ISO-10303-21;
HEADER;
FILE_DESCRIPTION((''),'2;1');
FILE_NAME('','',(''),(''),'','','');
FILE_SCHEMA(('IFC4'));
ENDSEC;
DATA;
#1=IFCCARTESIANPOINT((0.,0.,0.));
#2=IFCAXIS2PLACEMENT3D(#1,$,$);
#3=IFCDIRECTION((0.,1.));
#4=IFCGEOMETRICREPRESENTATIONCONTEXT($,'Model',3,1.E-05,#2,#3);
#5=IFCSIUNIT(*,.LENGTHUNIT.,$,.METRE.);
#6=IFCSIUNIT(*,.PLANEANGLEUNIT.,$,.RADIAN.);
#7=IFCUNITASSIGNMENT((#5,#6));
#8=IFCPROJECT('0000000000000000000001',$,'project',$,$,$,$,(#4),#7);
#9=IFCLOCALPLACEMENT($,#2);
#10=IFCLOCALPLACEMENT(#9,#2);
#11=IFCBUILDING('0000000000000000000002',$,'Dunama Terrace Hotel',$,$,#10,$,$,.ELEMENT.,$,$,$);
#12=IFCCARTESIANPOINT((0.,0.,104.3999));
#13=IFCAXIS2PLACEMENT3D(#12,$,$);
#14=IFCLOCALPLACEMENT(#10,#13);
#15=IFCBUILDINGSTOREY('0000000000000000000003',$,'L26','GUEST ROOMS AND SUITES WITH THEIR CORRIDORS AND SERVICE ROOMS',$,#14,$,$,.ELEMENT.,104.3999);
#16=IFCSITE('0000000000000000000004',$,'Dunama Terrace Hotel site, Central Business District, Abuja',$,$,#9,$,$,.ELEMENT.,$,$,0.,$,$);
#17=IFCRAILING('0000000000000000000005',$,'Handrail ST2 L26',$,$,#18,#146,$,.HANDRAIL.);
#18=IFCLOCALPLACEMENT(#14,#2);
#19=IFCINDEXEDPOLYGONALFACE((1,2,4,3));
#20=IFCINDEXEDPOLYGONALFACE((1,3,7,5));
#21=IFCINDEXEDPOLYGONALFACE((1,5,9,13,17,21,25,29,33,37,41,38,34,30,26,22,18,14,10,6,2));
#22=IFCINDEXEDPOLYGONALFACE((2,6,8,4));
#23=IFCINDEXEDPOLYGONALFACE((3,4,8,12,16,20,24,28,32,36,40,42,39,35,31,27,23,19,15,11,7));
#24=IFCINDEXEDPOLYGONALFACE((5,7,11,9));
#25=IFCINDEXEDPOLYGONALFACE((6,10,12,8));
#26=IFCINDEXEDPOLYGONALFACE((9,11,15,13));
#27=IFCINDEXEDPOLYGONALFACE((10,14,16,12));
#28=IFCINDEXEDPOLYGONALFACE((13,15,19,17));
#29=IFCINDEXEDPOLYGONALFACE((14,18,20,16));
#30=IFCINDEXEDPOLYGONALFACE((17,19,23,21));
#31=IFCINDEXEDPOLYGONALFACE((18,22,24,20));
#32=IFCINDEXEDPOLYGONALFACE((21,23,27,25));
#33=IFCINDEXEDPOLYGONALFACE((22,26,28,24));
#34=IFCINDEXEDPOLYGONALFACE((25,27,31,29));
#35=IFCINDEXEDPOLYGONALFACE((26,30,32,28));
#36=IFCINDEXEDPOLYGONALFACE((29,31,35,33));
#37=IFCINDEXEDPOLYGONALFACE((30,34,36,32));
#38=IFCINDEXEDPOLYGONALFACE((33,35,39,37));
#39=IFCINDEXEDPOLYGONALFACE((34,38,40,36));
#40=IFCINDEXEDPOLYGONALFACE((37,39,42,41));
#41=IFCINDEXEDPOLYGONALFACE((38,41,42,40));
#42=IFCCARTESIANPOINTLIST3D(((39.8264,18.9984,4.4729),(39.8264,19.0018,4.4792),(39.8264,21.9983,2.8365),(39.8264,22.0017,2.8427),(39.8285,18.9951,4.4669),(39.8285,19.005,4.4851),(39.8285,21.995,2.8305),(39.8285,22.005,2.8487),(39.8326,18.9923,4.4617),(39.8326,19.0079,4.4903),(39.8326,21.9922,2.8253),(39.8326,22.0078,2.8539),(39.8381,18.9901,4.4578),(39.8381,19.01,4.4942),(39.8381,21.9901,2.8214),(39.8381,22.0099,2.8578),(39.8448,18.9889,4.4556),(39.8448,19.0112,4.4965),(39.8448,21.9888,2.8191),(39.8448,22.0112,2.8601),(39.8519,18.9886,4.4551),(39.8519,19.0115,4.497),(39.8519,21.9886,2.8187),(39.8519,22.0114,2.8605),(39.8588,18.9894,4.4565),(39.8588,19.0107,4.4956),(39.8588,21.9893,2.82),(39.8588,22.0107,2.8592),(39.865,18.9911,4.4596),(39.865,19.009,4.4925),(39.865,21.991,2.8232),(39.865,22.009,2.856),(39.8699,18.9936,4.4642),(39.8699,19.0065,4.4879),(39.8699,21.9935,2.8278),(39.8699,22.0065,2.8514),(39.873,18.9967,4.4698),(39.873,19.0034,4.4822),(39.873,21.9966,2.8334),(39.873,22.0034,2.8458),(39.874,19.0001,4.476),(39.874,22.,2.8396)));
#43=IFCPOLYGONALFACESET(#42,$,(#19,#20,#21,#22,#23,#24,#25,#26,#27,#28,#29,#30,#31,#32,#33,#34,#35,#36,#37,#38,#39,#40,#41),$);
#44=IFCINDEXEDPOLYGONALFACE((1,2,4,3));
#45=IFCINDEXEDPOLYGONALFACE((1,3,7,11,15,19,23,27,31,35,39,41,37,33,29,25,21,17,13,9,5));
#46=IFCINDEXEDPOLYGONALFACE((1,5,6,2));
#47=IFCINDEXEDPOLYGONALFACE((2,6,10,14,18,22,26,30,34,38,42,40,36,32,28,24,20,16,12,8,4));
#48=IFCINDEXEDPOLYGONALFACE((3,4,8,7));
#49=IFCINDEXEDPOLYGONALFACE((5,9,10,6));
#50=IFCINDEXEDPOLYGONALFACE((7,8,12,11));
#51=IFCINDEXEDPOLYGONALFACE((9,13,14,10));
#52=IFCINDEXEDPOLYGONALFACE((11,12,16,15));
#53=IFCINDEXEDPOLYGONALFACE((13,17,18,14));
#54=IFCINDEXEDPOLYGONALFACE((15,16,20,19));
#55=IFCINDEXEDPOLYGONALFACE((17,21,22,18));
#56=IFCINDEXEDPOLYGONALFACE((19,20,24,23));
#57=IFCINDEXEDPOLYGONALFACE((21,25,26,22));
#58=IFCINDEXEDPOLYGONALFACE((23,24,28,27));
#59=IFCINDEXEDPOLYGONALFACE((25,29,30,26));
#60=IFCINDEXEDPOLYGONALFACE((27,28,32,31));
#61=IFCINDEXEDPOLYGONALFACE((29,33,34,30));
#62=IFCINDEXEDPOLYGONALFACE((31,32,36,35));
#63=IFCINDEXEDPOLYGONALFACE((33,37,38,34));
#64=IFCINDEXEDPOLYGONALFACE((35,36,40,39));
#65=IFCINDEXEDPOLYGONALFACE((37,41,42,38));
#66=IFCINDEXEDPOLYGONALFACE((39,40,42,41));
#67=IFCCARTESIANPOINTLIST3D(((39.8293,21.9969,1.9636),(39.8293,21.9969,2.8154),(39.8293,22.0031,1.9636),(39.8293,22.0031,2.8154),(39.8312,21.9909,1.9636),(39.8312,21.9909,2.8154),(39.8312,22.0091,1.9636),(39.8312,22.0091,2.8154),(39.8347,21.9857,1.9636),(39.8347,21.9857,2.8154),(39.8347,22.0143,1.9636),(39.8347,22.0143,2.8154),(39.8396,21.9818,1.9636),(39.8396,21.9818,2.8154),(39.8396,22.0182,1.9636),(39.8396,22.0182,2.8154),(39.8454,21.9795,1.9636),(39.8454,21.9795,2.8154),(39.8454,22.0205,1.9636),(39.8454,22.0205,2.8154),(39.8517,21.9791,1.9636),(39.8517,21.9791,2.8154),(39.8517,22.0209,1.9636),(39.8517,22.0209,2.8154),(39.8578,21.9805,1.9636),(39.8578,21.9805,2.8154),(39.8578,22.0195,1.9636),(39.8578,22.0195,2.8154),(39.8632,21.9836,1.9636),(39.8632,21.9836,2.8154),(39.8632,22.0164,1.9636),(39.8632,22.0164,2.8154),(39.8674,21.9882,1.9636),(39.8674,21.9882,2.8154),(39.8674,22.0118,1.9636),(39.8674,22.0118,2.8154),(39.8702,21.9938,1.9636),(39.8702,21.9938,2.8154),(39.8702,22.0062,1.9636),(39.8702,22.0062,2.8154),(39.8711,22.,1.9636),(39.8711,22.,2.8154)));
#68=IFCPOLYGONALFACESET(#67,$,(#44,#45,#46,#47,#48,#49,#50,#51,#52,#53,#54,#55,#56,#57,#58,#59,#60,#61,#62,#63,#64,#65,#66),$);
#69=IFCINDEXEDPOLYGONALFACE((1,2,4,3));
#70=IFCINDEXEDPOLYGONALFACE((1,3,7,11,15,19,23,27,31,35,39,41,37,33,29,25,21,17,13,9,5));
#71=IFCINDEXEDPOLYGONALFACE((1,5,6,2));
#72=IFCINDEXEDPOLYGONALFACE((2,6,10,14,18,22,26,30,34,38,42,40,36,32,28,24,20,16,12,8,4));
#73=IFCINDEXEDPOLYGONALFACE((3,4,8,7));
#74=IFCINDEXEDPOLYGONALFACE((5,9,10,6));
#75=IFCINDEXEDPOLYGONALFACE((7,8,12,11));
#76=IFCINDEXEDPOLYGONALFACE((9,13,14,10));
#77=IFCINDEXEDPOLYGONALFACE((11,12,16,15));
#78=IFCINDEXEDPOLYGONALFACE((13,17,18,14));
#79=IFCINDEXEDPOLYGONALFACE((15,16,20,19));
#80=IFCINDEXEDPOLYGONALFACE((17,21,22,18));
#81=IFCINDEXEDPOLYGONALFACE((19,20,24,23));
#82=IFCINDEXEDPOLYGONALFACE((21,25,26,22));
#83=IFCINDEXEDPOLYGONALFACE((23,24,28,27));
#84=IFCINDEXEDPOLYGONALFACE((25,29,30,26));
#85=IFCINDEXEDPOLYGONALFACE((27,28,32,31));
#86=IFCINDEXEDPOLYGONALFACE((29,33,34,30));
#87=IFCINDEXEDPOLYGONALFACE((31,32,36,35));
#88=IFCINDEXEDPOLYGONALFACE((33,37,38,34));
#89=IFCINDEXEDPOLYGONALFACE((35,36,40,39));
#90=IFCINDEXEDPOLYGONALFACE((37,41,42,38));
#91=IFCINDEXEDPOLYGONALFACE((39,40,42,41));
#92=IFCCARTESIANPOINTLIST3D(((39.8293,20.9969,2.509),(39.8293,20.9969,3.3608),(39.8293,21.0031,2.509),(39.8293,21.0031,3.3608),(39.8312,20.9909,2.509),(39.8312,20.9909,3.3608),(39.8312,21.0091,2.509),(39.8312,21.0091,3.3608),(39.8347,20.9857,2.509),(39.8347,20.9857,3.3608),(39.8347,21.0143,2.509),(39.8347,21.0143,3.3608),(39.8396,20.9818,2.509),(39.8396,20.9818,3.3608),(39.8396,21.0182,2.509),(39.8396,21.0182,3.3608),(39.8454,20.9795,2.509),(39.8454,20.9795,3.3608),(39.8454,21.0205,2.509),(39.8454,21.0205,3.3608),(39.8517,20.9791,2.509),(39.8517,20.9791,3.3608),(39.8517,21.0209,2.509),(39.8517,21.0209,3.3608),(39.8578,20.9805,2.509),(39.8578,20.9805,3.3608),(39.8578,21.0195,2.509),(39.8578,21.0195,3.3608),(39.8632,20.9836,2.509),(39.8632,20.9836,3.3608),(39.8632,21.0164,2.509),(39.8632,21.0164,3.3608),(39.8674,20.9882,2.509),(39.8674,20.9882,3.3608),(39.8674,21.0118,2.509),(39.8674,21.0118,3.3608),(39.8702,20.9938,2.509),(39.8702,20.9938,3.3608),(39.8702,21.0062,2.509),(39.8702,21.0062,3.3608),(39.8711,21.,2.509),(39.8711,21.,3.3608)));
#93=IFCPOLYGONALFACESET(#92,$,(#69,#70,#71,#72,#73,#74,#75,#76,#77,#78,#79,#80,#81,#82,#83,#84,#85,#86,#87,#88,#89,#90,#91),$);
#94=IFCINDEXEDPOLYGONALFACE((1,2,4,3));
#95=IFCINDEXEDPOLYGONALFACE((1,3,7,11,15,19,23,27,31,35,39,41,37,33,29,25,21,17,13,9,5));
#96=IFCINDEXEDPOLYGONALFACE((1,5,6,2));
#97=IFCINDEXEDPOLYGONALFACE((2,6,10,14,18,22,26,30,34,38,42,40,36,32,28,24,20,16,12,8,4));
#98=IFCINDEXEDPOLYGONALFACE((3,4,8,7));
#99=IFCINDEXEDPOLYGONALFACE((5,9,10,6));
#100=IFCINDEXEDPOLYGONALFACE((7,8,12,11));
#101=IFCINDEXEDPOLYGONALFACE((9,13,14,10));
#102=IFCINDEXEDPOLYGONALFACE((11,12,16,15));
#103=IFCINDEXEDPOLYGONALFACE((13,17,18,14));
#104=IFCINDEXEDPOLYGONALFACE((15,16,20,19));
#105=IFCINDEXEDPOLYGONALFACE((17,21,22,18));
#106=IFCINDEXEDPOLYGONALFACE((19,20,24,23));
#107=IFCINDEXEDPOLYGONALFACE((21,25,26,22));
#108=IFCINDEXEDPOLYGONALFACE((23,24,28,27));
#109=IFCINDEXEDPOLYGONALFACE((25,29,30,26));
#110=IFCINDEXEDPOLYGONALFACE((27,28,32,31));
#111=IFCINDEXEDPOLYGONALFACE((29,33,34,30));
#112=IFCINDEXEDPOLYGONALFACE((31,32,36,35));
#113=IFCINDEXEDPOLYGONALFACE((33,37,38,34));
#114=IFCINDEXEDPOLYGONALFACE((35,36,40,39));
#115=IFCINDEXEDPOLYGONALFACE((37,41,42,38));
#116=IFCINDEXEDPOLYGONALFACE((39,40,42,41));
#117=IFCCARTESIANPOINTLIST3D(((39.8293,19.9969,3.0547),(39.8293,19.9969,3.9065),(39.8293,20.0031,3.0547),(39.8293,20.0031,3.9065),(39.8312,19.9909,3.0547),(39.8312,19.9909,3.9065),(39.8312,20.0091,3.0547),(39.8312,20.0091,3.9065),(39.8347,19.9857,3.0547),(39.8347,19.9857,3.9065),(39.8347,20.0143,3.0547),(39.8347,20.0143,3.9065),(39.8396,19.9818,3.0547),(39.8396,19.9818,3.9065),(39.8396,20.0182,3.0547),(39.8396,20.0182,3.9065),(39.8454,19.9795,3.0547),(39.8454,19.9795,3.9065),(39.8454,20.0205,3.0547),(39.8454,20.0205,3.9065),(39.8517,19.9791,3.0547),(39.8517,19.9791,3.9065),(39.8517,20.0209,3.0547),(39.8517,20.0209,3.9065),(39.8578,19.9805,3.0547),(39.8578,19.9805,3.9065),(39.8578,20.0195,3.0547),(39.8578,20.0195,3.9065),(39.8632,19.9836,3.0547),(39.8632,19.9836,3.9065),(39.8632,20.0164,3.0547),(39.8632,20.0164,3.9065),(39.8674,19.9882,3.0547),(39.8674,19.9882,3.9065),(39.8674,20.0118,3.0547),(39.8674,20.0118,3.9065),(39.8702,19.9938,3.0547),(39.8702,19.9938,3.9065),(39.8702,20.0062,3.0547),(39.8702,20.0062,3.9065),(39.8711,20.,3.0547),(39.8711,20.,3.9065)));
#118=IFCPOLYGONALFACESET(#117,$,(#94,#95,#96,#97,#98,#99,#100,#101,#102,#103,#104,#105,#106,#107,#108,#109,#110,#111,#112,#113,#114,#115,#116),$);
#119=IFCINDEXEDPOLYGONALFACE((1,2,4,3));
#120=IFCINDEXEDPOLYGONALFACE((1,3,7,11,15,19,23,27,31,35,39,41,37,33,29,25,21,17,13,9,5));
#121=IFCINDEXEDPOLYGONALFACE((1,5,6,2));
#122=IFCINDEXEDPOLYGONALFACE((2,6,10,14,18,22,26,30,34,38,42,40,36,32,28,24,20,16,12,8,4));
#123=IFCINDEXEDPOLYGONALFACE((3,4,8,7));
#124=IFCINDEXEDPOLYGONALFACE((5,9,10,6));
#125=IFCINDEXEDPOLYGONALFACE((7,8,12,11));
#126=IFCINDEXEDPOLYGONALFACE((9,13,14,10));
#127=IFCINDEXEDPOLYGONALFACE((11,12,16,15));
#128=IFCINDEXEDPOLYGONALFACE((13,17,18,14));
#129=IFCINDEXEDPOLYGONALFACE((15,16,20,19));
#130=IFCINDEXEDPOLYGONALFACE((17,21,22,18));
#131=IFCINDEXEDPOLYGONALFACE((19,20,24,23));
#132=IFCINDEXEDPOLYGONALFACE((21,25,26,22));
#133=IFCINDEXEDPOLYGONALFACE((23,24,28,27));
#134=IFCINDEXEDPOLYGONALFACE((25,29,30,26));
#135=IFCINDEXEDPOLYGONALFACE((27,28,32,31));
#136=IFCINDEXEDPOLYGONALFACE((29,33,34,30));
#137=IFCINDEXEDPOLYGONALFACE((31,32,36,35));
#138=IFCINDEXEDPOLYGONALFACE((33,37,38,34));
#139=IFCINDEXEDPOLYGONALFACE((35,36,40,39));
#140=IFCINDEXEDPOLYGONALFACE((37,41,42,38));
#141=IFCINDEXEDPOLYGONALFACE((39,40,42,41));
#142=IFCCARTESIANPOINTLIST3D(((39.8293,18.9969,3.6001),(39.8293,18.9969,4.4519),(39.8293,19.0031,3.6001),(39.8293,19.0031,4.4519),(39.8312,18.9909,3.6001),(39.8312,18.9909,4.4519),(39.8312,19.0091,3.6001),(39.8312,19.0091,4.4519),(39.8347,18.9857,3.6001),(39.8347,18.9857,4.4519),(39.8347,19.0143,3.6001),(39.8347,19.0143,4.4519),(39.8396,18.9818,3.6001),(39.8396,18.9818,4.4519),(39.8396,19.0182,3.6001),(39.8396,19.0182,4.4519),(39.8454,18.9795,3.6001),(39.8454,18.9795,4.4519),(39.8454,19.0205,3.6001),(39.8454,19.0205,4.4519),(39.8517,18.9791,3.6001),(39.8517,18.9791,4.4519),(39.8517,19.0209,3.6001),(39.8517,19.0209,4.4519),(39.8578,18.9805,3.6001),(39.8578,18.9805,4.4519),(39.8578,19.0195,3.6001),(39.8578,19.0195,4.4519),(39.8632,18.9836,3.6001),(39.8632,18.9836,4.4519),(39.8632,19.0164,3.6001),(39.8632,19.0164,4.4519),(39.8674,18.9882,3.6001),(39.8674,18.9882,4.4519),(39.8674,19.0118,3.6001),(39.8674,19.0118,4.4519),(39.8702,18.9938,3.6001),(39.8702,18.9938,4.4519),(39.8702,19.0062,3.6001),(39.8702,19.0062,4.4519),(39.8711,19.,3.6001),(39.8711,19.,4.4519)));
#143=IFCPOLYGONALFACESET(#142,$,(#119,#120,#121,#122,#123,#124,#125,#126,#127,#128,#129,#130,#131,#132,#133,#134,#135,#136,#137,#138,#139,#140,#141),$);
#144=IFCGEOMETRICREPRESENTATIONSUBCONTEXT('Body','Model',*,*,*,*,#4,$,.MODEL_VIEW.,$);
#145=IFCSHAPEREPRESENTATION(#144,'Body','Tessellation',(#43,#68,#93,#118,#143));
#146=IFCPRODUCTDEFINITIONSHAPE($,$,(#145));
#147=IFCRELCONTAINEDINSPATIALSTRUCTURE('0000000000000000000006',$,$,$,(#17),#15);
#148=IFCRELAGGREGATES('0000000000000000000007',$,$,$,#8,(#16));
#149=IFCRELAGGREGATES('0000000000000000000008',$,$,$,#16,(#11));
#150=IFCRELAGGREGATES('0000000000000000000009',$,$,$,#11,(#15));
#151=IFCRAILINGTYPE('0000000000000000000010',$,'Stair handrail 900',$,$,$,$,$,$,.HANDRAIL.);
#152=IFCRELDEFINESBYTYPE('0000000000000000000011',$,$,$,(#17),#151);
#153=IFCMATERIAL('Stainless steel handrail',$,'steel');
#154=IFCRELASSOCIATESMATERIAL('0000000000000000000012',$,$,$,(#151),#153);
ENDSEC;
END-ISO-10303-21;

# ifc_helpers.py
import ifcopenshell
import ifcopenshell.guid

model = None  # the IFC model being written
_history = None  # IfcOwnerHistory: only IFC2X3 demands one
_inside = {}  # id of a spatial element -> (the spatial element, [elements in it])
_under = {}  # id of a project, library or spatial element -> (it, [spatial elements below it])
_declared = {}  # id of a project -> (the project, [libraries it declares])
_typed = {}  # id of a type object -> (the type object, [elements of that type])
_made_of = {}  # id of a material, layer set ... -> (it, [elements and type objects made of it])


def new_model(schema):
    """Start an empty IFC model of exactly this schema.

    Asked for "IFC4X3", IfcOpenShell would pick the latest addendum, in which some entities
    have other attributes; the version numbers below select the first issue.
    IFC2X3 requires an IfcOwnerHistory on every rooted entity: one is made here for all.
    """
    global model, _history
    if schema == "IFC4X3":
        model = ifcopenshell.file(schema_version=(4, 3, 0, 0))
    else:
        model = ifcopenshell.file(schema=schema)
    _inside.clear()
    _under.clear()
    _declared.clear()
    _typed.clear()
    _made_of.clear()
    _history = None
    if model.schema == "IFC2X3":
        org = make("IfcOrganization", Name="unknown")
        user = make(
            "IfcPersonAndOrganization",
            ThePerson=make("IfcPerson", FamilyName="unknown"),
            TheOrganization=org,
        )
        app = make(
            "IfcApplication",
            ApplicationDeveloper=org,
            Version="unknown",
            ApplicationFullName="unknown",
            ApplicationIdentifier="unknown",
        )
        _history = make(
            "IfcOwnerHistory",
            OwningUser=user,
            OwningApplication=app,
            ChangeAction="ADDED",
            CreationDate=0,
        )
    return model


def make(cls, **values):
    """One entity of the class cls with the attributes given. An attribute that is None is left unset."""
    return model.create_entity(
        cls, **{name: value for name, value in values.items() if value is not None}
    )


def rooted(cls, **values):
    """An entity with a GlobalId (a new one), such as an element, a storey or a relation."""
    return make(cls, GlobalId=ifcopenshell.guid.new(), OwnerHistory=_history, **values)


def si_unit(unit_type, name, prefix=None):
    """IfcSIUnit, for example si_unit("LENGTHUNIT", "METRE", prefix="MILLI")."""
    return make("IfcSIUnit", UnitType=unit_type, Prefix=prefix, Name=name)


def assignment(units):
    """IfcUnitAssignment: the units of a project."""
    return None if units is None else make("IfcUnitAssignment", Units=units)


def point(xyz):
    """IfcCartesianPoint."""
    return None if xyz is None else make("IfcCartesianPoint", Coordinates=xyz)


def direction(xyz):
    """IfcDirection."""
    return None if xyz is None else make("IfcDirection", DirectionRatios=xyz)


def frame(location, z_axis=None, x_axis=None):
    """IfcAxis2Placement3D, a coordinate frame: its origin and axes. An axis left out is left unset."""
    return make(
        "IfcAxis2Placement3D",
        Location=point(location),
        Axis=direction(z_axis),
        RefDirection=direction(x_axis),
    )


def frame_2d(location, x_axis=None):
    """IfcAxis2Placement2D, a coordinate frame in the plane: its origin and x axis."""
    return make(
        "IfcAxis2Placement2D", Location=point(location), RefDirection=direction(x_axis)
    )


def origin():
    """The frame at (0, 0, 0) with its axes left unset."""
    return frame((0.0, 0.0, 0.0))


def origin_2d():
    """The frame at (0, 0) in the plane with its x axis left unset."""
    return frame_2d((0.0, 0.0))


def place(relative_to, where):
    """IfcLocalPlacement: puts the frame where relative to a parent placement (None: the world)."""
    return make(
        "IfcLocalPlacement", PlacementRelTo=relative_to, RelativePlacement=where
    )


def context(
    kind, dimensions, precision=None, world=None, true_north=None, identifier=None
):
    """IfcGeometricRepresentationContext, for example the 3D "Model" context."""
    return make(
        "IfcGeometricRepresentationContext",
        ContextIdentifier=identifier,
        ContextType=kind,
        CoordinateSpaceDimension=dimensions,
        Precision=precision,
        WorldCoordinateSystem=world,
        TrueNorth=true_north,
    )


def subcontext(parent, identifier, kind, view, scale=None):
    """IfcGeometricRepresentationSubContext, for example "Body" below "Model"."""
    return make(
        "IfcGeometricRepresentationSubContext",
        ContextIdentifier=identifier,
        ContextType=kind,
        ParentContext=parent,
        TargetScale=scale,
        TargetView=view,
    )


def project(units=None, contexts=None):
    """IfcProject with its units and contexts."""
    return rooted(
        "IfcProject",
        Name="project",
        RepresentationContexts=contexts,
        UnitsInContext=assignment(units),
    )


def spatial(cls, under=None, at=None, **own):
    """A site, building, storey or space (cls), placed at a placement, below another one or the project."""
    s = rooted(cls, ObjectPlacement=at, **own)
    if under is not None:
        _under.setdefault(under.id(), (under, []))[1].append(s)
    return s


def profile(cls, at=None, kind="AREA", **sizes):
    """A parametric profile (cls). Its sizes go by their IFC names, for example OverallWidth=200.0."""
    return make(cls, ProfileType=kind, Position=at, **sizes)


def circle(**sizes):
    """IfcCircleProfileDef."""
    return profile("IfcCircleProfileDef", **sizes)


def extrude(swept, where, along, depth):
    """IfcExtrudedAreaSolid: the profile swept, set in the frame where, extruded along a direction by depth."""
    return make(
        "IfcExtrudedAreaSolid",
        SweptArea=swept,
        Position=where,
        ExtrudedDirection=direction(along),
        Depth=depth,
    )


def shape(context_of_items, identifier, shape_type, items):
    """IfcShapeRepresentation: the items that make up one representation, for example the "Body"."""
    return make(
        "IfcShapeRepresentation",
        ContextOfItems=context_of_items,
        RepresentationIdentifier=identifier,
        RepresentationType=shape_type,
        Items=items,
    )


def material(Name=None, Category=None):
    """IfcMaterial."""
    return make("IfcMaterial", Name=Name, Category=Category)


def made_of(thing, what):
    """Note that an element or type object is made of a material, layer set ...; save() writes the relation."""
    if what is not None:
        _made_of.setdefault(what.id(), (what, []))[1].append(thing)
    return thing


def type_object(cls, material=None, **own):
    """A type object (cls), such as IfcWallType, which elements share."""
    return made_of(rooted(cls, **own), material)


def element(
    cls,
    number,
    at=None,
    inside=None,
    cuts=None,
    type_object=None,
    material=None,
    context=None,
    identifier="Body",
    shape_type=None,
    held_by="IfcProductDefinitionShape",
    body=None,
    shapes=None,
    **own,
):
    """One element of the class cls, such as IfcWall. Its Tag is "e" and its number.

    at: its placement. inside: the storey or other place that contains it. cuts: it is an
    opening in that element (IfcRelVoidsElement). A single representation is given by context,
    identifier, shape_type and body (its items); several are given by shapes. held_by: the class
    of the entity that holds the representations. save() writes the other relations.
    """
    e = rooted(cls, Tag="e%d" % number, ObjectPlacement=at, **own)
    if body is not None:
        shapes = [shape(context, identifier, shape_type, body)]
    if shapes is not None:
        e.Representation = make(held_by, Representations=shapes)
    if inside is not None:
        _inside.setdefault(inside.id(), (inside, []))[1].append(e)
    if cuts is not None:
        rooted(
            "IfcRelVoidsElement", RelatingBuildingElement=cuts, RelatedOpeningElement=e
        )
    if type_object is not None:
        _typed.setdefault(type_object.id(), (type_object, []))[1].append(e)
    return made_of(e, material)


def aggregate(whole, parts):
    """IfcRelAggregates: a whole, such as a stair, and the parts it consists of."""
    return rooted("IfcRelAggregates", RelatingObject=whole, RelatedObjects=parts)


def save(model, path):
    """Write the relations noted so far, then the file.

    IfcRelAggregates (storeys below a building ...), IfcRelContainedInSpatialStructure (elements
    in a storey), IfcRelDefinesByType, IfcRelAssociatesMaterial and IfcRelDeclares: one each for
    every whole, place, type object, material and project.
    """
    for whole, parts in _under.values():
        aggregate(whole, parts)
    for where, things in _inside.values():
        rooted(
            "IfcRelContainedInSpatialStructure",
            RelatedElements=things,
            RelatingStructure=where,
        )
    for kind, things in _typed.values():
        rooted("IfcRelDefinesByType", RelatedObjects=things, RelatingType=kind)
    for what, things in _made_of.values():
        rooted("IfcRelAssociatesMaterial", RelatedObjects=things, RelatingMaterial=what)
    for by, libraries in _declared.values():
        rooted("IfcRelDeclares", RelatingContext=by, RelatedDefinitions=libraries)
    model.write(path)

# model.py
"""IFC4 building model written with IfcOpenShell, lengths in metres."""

from ifc_helpers import new_model, si_unit, direction, frame, origin, origin_2d, place, context, subcontext, project, spatial, circle, extrude, material, type_object, element, save


model = new_model("IFC4")

# Units and contexts
model_context = context("Model", 3, precision=1e-05, world=origin(), true_north=direction((0.0, 1.0)))
body_context = subcontext(model_context, "Body", "Model", "MODEL_VIEW")
ifc_project = project(units=[si_unit("LENGTHUNIT", "METRE"), si_unit("PLANEANGLEUNIT", "RADIAN")], contexts=[model_context])

# Site, building, storey
site_placement = place(None, origin())
site = spatial("IfcSite", under=ifc_project, at=site_placement, Name="Dunama Terrace Hotel site, Central Business District, Abuja", CompositionType="ELEMENT", RefElevation=0.0)
building_placement = place(site_placement, origin())
building = spatial("IfcBuilding", under=site, at=building_placement, Name="Dunama Terrace Hotel", CompositionType="ELEMENT")
storey_placement = place(building_placement, frame((0.0, 0.0, 104.3999)))
storey = spatial("IfcBuildingStorey", under=building, at=storey_placement, Name="L26", Description="GUEST ROOMS AND SUITES WITH THEIR CORRIDORS AND SERVICE ROOMS", CompositionType="ELEMENT", Elevation=104.3999)

# Railing
ifc_material_1 = material(Name="Stainless steel handrail", Category="steel")
railing_type = type_object("IfcRailingType", Name="Stair handrail 900", PredefinedType="HANDRAIL", material=ifc_material_1)
railing_1_placement = place(storey_placement, frame((39.8501, 22.0, 1.9636)))
element("IfcRailing", 1, at=railing_1_placement, inside=storey, type_object=railing_type, Name="Handrail ST2 L26", PredefinedType="HANDRAIL", context=body_context, shape_type="SweptSolid", body=[
    extrude(circle(Radius=0.0239, at=origin_2d()), frame((0.0, 0.0, 0.876), z_axis=(0.0, -0.877882, 0.478877), x_axis=(1.0, 0.0, 0.0)), (0.0, 0.0, 1.0), 3.4172),
    extrude(circle(Radius=0.021, at=origin_2d()), origin(), (0.0, 0.0, 1.0), 0.8518),
    extrude(circle(Radius=0.021, at=origin_2d()), frame((0.0, -1.0, 0.5454)), (0.0, 0.0, 1.0), 0.8518),
    extrude(circle(Radius=0.021, at=origin_2d()), frame((0.0, -2.0, 1.0911)), (0.0, 0.0, 1.0), 0.8518),
    extrude(circle(Radius=0.021, at=origin_2d()), frame((0.0, -3.0, 1.6365)), (0.0, 0.0, 1.0), 0.8518),
])

save(model, "model.ifc")
